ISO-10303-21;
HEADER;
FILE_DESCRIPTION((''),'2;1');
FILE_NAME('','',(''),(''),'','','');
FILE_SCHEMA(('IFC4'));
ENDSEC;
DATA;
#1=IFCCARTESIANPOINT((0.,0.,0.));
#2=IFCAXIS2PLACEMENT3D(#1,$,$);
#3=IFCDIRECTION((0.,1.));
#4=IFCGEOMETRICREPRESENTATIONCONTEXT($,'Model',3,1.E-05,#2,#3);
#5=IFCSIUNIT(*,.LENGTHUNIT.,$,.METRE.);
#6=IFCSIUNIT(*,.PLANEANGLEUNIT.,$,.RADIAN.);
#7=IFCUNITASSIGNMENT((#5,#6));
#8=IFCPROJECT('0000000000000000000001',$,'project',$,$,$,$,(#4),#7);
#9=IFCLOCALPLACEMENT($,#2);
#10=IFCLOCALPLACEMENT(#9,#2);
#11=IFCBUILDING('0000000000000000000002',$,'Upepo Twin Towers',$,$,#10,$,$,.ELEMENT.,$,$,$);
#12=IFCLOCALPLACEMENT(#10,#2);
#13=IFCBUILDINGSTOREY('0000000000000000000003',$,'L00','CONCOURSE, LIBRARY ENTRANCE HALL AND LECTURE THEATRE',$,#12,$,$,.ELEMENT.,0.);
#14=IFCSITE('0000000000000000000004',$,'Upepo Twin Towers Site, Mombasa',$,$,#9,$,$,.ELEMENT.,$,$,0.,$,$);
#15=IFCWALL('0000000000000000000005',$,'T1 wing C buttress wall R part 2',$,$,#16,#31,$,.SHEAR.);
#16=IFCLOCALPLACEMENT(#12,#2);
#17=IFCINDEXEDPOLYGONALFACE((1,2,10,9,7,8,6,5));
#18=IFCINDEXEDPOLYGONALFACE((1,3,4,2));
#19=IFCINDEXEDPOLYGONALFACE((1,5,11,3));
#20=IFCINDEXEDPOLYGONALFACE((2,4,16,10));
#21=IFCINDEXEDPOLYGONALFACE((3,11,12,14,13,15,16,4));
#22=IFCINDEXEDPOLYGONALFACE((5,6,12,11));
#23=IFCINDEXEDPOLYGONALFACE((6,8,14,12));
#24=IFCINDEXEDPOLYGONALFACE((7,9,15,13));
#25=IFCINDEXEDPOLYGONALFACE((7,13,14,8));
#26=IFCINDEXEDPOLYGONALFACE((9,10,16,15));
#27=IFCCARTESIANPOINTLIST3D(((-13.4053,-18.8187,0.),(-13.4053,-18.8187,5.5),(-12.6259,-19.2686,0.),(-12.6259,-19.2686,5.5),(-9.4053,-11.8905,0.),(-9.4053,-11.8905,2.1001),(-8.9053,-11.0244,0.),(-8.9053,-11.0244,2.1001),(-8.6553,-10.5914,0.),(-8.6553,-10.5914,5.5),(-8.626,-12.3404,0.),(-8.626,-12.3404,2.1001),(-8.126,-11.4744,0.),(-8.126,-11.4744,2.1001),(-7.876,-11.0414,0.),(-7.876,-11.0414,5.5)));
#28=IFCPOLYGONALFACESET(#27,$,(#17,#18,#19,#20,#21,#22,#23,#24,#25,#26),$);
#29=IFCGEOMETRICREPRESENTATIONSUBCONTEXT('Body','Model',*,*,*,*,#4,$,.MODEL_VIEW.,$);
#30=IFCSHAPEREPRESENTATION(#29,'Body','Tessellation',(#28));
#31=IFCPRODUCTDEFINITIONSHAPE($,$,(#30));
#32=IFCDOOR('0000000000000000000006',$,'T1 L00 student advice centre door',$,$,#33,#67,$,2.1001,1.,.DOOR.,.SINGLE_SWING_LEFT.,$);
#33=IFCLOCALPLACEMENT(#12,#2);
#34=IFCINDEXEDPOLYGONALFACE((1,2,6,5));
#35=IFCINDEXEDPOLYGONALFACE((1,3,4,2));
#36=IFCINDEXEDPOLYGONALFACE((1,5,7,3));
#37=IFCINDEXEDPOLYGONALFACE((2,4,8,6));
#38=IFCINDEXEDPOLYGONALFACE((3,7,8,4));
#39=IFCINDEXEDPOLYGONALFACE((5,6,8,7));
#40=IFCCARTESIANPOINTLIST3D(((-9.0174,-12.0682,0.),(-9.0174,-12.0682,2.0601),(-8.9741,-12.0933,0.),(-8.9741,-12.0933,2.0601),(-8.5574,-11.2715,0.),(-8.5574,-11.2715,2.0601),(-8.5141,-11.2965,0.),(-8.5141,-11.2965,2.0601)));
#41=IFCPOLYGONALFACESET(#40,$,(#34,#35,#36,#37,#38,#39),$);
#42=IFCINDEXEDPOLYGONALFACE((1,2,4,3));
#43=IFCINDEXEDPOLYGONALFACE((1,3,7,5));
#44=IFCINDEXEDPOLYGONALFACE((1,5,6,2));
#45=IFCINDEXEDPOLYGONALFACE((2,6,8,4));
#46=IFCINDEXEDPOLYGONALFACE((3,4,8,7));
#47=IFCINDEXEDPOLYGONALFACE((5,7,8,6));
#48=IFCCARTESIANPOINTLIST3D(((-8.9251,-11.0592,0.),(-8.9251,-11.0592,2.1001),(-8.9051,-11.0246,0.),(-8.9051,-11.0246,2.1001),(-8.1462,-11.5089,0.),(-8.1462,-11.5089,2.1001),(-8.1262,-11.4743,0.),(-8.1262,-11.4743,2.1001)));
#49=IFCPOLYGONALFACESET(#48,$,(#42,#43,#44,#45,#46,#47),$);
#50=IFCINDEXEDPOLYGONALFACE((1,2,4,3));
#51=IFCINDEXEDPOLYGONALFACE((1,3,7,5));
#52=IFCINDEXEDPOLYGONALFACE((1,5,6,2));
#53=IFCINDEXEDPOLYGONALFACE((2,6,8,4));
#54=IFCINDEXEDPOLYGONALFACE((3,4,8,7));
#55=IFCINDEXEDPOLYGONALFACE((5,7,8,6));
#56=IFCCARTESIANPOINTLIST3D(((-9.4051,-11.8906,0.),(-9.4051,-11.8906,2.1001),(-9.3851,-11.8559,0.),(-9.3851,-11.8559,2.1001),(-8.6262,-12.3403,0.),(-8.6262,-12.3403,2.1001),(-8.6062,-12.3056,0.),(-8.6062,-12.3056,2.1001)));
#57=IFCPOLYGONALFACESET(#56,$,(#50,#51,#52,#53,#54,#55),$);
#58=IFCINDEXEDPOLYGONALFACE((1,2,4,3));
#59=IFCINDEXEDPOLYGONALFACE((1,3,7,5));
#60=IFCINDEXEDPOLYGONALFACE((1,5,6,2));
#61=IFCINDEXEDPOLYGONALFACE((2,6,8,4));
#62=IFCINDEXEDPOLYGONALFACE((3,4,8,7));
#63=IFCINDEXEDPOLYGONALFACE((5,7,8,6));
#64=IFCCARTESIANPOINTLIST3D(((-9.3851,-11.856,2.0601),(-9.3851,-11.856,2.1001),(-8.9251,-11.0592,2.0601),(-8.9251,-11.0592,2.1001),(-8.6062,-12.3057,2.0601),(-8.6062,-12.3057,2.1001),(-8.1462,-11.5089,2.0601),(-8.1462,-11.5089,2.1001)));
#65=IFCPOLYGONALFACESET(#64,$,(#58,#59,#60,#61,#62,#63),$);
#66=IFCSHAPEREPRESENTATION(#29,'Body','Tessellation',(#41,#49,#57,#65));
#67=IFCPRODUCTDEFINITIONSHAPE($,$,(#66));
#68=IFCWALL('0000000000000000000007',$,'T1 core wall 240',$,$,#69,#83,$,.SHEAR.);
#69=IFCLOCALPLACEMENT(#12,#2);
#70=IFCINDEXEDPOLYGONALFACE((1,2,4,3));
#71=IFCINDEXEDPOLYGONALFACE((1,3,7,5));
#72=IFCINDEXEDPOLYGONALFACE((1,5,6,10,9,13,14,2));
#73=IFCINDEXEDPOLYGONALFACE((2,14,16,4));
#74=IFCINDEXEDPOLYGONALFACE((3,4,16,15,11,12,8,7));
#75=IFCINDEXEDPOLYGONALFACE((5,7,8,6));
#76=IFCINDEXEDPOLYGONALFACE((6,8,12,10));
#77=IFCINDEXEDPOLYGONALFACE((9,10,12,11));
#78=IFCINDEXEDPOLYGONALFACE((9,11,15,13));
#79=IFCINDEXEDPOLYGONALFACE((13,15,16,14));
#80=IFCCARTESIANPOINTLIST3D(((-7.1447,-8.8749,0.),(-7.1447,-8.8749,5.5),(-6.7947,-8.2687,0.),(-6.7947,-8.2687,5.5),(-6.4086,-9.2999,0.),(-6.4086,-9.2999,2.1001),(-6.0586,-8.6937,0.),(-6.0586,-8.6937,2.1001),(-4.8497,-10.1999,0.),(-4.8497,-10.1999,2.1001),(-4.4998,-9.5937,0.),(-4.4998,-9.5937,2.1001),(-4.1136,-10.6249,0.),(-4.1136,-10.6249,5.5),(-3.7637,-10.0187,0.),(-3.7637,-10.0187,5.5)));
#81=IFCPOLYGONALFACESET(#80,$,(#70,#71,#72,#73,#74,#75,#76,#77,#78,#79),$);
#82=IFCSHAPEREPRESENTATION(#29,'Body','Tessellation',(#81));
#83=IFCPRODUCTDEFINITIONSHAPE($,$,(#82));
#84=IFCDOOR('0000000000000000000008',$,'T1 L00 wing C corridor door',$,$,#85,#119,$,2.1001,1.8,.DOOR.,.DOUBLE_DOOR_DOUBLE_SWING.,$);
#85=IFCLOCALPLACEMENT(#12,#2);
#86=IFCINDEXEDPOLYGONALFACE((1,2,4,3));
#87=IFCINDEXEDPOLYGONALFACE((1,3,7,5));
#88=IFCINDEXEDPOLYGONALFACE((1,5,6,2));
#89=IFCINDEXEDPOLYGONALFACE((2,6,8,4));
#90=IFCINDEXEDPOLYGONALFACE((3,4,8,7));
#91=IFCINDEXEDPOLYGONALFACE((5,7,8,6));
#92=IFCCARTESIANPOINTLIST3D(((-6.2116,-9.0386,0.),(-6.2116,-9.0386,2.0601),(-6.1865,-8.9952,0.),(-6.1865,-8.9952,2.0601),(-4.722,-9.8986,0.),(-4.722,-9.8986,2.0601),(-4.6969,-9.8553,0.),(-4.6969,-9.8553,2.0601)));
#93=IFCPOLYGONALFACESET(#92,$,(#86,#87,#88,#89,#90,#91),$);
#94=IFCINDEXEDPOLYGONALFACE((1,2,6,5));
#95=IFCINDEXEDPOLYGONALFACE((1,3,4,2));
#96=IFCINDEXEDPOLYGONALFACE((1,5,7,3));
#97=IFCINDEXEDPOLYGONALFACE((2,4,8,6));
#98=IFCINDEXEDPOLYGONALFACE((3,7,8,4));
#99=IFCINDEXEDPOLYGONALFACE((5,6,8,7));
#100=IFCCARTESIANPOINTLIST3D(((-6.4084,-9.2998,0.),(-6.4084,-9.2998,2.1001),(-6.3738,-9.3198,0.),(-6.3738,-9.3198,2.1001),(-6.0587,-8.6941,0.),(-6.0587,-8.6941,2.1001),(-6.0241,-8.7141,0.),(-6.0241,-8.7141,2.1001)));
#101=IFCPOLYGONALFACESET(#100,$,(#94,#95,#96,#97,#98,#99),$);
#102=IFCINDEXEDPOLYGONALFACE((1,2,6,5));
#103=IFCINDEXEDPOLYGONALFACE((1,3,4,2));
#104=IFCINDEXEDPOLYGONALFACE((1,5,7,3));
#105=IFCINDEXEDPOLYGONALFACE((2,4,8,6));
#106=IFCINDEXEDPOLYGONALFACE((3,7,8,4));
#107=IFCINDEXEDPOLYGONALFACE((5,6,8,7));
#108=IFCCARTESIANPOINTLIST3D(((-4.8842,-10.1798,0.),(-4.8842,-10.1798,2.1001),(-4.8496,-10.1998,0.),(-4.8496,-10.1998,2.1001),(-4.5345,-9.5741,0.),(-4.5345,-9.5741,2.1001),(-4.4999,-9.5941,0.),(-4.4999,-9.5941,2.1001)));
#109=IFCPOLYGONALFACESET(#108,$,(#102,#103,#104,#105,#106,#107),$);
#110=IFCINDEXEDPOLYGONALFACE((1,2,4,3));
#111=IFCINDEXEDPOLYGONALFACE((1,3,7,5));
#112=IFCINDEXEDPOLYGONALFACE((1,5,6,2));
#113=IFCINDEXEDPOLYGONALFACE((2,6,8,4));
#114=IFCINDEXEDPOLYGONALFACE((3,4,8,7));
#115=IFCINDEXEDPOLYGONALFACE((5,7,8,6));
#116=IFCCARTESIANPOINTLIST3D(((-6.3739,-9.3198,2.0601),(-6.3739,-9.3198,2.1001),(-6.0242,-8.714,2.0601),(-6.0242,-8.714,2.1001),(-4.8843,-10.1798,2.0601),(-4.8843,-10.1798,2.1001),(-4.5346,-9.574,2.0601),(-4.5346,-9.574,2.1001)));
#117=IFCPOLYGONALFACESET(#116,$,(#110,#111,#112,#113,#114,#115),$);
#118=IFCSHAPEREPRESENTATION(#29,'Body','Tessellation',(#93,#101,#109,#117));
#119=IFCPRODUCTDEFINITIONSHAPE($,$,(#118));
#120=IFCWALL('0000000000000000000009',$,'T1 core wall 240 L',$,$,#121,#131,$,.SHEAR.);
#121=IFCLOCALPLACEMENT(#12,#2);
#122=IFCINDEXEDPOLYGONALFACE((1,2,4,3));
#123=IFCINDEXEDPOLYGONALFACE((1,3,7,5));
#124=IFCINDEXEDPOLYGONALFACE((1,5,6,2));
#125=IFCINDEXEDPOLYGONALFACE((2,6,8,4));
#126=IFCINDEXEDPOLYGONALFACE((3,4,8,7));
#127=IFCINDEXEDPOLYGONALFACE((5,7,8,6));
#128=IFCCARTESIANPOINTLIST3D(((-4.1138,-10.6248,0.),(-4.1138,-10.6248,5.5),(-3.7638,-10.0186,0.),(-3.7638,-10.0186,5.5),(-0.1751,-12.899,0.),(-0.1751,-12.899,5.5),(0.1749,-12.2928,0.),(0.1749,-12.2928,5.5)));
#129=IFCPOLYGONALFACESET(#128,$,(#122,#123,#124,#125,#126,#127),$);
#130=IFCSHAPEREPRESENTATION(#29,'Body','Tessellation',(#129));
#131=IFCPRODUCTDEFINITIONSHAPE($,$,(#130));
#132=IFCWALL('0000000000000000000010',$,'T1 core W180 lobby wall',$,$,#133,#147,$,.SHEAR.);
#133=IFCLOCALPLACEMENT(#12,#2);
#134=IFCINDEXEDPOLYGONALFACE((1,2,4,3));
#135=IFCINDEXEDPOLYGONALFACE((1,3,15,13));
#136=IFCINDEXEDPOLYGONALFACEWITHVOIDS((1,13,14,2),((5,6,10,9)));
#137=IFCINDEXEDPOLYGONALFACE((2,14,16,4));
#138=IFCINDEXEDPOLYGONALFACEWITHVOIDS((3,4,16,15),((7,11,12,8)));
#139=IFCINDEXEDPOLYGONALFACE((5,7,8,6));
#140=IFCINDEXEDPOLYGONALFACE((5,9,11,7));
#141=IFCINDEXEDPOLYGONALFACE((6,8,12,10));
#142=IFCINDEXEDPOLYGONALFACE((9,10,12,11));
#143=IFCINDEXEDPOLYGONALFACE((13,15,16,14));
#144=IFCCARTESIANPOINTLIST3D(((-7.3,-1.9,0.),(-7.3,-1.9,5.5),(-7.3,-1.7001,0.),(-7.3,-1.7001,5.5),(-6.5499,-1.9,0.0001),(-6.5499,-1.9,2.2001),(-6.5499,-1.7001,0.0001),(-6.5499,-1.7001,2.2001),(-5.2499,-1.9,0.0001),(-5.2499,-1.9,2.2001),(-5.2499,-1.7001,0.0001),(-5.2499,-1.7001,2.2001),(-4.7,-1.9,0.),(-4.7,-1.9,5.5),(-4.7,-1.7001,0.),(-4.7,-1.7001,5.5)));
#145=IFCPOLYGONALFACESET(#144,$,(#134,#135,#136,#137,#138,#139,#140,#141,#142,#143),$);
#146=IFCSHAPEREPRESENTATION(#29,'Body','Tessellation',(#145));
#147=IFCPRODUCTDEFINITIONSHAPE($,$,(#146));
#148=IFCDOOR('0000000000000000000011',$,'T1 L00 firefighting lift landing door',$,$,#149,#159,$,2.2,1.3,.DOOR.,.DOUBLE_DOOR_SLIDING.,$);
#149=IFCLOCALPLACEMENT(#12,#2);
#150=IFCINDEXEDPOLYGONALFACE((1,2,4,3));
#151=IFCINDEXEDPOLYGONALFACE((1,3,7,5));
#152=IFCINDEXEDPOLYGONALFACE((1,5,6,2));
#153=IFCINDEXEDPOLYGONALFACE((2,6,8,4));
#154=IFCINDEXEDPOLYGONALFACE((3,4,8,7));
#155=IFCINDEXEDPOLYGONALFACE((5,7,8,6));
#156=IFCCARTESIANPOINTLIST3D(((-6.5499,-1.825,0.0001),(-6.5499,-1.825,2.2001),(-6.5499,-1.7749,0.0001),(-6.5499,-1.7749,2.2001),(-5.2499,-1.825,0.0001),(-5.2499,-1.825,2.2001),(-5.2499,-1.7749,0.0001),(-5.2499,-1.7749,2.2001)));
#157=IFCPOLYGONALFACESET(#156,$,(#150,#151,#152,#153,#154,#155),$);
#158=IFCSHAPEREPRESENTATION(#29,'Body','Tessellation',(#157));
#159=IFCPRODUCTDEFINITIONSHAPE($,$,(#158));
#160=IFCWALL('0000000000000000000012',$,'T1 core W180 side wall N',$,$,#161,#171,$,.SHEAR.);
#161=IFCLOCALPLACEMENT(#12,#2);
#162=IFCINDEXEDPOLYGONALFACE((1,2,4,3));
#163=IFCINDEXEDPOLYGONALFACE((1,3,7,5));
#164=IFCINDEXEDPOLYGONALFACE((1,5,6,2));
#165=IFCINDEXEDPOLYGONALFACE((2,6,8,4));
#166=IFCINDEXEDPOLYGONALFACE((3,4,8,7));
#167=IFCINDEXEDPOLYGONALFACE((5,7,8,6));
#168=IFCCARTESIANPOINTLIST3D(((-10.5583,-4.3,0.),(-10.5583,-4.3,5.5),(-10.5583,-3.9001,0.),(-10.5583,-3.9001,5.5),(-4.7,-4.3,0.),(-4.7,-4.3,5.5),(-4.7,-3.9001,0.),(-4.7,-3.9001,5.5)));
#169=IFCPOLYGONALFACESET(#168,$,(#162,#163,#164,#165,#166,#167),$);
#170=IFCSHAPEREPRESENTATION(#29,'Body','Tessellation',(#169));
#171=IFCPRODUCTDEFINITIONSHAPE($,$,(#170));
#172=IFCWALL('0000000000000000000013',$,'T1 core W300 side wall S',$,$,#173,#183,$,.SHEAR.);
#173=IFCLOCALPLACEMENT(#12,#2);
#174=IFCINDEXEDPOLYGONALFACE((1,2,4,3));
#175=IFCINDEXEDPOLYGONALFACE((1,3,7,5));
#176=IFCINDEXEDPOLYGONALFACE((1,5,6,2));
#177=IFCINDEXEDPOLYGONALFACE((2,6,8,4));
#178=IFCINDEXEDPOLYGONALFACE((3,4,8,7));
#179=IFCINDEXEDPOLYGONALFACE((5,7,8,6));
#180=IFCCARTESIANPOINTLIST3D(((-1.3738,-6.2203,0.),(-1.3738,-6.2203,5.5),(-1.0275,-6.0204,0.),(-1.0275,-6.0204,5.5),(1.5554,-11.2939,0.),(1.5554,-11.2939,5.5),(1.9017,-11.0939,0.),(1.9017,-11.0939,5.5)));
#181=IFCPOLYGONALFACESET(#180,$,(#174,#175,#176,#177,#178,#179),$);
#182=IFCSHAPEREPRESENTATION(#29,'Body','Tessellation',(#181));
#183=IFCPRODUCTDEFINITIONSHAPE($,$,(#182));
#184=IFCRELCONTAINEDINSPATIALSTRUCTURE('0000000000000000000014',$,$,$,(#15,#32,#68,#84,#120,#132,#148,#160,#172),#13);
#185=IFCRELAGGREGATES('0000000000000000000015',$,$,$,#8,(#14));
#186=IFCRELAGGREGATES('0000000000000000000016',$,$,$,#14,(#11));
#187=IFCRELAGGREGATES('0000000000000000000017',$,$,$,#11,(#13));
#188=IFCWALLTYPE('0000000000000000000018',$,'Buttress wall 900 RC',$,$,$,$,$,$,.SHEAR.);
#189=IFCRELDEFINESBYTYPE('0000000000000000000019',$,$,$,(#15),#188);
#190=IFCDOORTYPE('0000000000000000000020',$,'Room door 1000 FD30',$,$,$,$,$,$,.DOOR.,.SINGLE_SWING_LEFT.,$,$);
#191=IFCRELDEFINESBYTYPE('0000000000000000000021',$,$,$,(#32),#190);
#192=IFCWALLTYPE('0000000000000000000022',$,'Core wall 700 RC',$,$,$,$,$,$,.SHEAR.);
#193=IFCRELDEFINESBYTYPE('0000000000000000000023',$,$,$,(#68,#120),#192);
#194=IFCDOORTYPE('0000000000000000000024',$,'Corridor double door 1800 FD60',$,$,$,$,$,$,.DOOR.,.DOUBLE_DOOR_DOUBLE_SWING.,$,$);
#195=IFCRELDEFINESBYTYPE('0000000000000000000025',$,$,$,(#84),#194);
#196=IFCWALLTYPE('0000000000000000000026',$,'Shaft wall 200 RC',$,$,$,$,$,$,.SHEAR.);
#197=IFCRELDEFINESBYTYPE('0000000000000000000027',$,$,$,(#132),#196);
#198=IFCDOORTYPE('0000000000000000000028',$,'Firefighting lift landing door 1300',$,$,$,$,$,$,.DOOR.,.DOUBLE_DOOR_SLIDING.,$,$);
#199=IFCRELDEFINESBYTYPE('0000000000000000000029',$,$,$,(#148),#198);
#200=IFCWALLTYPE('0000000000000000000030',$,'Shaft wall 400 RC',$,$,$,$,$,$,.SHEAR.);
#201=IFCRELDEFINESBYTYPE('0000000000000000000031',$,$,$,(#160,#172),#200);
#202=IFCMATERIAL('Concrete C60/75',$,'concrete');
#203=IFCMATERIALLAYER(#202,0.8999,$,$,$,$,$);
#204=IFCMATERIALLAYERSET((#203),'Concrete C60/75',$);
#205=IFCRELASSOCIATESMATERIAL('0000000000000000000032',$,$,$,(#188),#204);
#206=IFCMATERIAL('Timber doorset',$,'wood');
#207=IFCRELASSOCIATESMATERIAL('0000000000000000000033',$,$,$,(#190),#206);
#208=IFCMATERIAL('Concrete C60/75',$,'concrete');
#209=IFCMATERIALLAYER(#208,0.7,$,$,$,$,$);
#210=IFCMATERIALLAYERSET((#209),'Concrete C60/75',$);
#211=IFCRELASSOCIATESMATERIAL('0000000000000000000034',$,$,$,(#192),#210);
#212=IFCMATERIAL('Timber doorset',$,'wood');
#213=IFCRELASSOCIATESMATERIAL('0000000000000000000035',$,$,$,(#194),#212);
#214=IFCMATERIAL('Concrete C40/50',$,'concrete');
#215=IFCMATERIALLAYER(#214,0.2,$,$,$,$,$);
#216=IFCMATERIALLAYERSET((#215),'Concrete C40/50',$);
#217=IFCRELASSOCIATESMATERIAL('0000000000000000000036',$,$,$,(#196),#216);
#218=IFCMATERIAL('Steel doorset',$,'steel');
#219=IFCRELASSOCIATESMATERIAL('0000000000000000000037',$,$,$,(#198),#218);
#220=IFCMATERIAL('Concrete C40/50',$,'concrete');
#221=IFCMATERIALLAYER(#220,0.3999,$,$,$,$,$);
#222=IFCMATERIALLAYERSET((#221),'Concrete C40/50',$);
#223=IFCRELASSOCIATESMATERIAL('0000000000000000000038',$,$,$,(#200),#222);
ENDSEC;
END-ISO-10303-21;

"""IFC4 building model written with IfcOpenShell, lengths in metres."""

from ifc_helpers import new_model, si_unit, direction, frame, frame_2d, origin, place, context, subcontext, project, spatial, rectangle, extrude, material, layer, layer_set, type_object, element, fill, save


model = new_model("IFC4")

# Units and contexts
model_context = context("Model", 3, precision=1e-05, world=origin(), true_north=direction((0.0, 1.0)))
body_context = subcontext(model_context, "Body", "Model", "MODEL_VIEW")
ifc_project = project(units=[si_unit("LENGTHUNIT", "METRE"), si_unit("PLANEANGLEUNIT", "RADIAN")], contexts=[model_context])

# Site, building, storey
site_placement = place(None, origin())
site = spatial("IfcSite", under=ifc_project, at=site_placement, Name="Upepo Twin Towers Site, Mombasa", CompositionType="ELEMENT", RefElevation=0.0)
building_placement = place(site_placement, origin())
building = spatial("IfcBuilding", under=site, at=building_placement, Name="Upepo Twin Towers", CompositionType="ELEMENT")
storey_placement = place(building_placement, origin())
storey = spatial("IfcBuildingStorey", under=building, at=storey_placement, Name="L00", Description="CONCOURSE, LIBRARY ENTRANCE HALL AND LECTURE THEATRE", CompositionType="ELEMENT", Elevation=0.0)

# Walls, openings, doors
ifc_material_1 = material(Name="Concrete C60/75", Category="concrete")
ifc_layer_1 = layer(ifc_material_1, 0.8999)
ifc_layer_set_1 = layer_set([ifc_layer_1], Name="Concrete C60/75")
wall_type_1 = type_object("IfcWallType", Name="Buttress wall 900 RC", PredefinedType="SHEAR", material=ifc_layer_set_1)
ifc_material_2 = material(Name="Timber doorset", Category="wood")
door_type_1 = type_object("IfcDoorType", Name="Room door 1000 FD30", OperationType="SINGLE_SWING_LEFT", PredefinedType="DOOR", material=ifc_material_2)
wall_1_placement = place(storey_placement, frame((-8.2656, -10.8164, 0.0), z_axis=(0.0, 0.0, 1.0), x_axis=(-0.499998, -0.866027, 0.0)))
wall_1 = element("IfcWall", 1, at=wall_1_placement, inside=storey, type_object=wall_type_1, Name="T1 wing C buttress wall R part 2", PredefinedType="SHEAR", context=body_context, shape_type="SweptSolid", body=[
    extrude(rectangle(XDim=9.5, YDim=0.8999, at=frame_2d((4.75, 0.0))), origin(), (0.0, 0.0, 1.0), 5.5),
])
opening_1_placement = place(wall_1_placement, frame((0.5, 0.0, 0.0)))
opening_1 = element("IfcOpeningElement", 2, at=opening_1_placement, cuts=wall_1, PredefinedType="OPENING", context=body_context, shape_type="SweptSolid", body=[
    extrude(rectangle(XDim=1.0, YDim=2.1001, at=frame_2d((0.5, 1.05))), frame((0.0, 0.46, 0.0), z_axis=(0.0, -1.0, 0.0), x_axis=(1.0, 0.0, 0.0)), (0.0, 0.0, 1.0), 0.9199),
])
door_1_placement = place(opening_1_placement, origin())
door_1 = element("IfcDoor", 3, at=door_1_placement, inside=storey, type_object=door_type_1, Name="T1 L00 student advice centre door", OperationType="SINGLE_SWING_LEFT", OverallHeight=2.1001, OverallWidth=1.0, PredefinedType="DOOR", context=body_context, shape_type="SweptSolid", body=[
    extrude(rectangle(XDim=0.92, YDim=2.0601, at=frame_2d((0.5, 1.03))), frame((0.0, 0.0249, 0.0), z_axis=(0.0, -1.0, 0.0), x_axis=(1.0, 0.0, 0.0)), (0.0, 0.0, 1.0), 0.05),
    extrude(rectangle(XDim=0.04, YDim=2.1001, at=frame_2d((0.02, 1.05))), frame((0.0, 0.4497, 0.0), z_axis=(0.0, -1.0, 0.0), x_axis=(1.0, 0.0, 0.0)), (0.0, 0.0, 1.0), 0.8994),
    extrude(rectangle(XDim=0.04, YDim=2.1001, at=frame_2d((0.98, 1.05))), frame((0.0, 0.4497, 0.0), z_axis=(0.0, -1.0, 0.0), x_axis=(1.0, 0.0, 0.0)), (0.0, 0.0, 1.0), 0.8994),
    extrude(rectangle(XDim=0.92, YDim=0.04, at=frame_2d((0.5, 2.0801))), frame((0.0, 0.4497, 0.0), z_axis=(0.0, -1.0, 0.0), x_axis=(1.0, 0.0, 0.0)), (0.0, 0.0, 1.0), 0.8994),
])
fill(opening_1, door_1)
ifc_material_3 = material(Name="Concrete C60/75", Category="concrete")
ifc_layer_2 = layer(ifc_material_3, 0.7)
ifc_layer_set_2 = layer_set([ifc_layer_2], Name="Concrete C60/75")
wall_type_2 = type_object("IfcWallType", Name="Core wall 700 RC", PredefinedType="SHEAR", material=ifc_layer_set_2)
wall_2_placement = place(storey_placement, frame((-6.9697, -8.5718, 0.0), z_axis=(0.0, 0.0, 1.0), x_axis=(0.866019, -0.50001, 0.0)))
wall_2 = element("IfcWall", 4, at=wall_2_placement, inside=storey, type_object=wall_type_2, Name="T1 core wall 240", PredefinedType="SHEAR", context=body_context, shape_type="SweptSolid", body=[
    extrude(rectangle(XDim=3.5, YDim=0.7, at=frame_2d((1.75, 0.0))), origin(), (0.0, 0.0, 1.0), 5.5),
])
opening_2_placement = place(wall_2_placement, frame((0.8501, 0.0, 0.0)))
opening_2 = element("IfcOpeningElement", 5, at=opening_2_placement, cuts=wall_2, PredefinedType="OPENING", context=body_context, shape_type="SweptSolid", body=[
    extrude(rectangle(XDim=1.8, YDim=2.1001, at=frame_2d((0.8999, 1.05))), frame((0.0, 0.3599, 0.0), z_axis=(0.0, -1.0, 0.0), x_axis=(1.0, 0.0, 0.0)), (0.0, 0.0, 1.0), 0.72),
])
ifc_material_4 = material(Name="Timber doorset", Category="wood")
door_type_2 = type_object("IfcDoorType", Name="Corridor double door 1800 FD60", OperationType="DOUBLE_DOOR_DOUBLE_SWING", PredefinedType="DOOR", material=ifc_material_4)
door_2_placement = place(opening_2_placement, origin())
door_2 = element("IfcDoor", 6, at=door_2_placement, inside=storey, type_object=door_type_2, Name="T1 L00 wing C corridor door", OperationType="DOUBLE_DOOR_DOUBLE_SWING", OverallHeight=2.1001, OverallWidth=1.8, PredefinedType="DOOR", context=body_context, shape_type="SweptSolid", body=[
    extrude(rectangle(XDim=1.72, YDim=2.0601, at=frame_2d((0.8999, 1.03))), frame((0.0, 0.0249, 0.0), z_axis=(0.0, -1.0, 0.0), x_axis=(1.0, 0.0, 0.0)), (0.0, 0.0, 1.0), 0.05),
    extrude(rectangle(XDim=0.04, YDim=2.1001, at=frame_2d((0.02, 1.05))), frame((0.0, 0.3496, 0.0), z_axis=(0.0, -1.0, 0.0), x_axis=(1.0, 0.0, 0.0)), (0.0, 0.0, 1.0), 0.6995),
    extrude(rectangle(XDim=0.04, YDim=2.1001, at=frame_2d((1.78, 1.05))), frame((0.0, 0.3496, 0.0), z_axis=(0.0, -1.0, 0.0), x_axis=(1.0, 0.0, 0.0)), (0.0, 0.0, 1.0), 0.6995),
    extrude(rectangle(XDim=1.72, YDim=0.04, at=frame_2d((0.8999, 2.0801))), frame((0.0, 0.3496, 0.0), z_axis=(0.0, -1.0, 0.0), x_axis=(1.0, 0.0, 0.0)), (0.0, 0.0, 1.0), 0.6995),
])
fill(opening_2, door_2)

# Wall
wall_3_placement = place(storey_placement, frame((-3.9387, -10.3218, 0.0), z_axis=(0.0, 0.0, 1.0), x_axis=(0.866011, -0.500024, 0.0)))
element("IfcWall", 7, at=wall_3_placement, inside=storey, type_object=wall_type_2, Name="T1 core wall 240 L", PredefinedType="SHEAR", context=body_context, shape_type="SweptSolid", body=[
    extrude(rectangle(XDim=4.5481, YDim=0.7, at=frame_2d((2.2739, 0.0))), origin(), (0.0, 0.0, 1.0), 5.5),
])

# Wall, opening, door
ifc_material_5 = material(Name="Concrete C40/50", Category="concrete")
ifc_layer_3 = layer(ifc_material_5, 0.2)
ifc_layer_set_3 = layer_set([ifc_layer_3], Name="Concrete C40/50")
wall_type_3 = type_object("IfcWallType", Name="Shaft wall 200 RC", PredefinedType="SHEAR", material=ifc_layer_set_3)
wall_4_placement = place(storey_placement, frame((-4.7, -1.8, 0.0), z_axis=(0.0, 0.0, 1.0), x_axis=(-1.0, 0.0, 0.0)))
wall_4 = element("IfcWall", 8, at=wall_4_placement, inside=storey, type_object=wall_type_3, Name="T1 core W180 lobby wall", PredefinedType="SHEAR", context=body_context, shape_type="SweptSolid", body=[
    extrude(rectangle(XDim=2.6001, YDim=0.2, at=frame_2d((1.3, 0.0))), origin(), (0.0, 0.0, 1.0), 5.5),
])
opening_3_placement = place(wall_4_placement, frame((0.55, 0.0, 0.0)))
opening_3 = element("IfcOpeningElement", 9, at=opening_3_placement, cuts=wall_4, PredefinedType="OPENING", context=body_context, shape_type="SweptSolid", body=[
    extrude(rectangle(XDim=1.3, YDim=2.2, at=frame_2d((0.6499, 1.1001))), frame((0.0, 0.1099, 0.0), z_axis=(0.0, -1.0, 0.0), x_axis=(1.0, 0.0, 0.0)), (0.0, 0.0, 1.0), 0.22),
])
ifc_material_6 = material(Name="Steel doorset", Category="steel")
door_type_3 = type_object("IfcDoorType", Name="Firefighting lift landing door 1300", OperationType="DOUBLE_DOOR_SLIDING", PredefinedType="DOOR", material=ifc_material_6)
door_3_placement = place(opening_3_placement, origin())
door_3 = element("IfcDoor", 10, at=door_3_placement, inside=storey, type_object=door_type_3, Name="T1 L00 firefighting lift landing door", OperationType="DOUBLE_DOOR_SLIDING", OverallHeight=2.2, OverallWidth=1.3, PredefinedType="DOOR", context=body_context, shape_type="SweptSolid", body=[
    extrude(rectangle(XDim=1.3, YDim=2.2, at=frame_2d((0.6499, 1.1001))), frame((0.0, 0.0249, 0.0), z_axis=(0.0, -1.0, 0.0), x_axis=(1.0, 0.0, 0.0)), (0.0, 0.0, 1.0), 0.05),
])
fill(opening_3, door_3)

# Walls
ifc_material_7 = material(Name="Concrete C40/50", Category="concrete")
ifc_layer_4 = layer(ifc_material_7, 0.3999)
ifc_layer_set_4 = layer_set([ifc_layer_4], Name="Concrete C40/50")
wall_type_4 = type_object("IfcWallType", Name="Shaft wall 400 RC", PredefinedType="SHEAR", material=ifc_layer_set_4)
for number, where, z_axis, x_axis, name in (
    (11, (-4.7, -4.1001, 0.0), (0.0, 0.0, 1.0), (-1.0, 0.0, 0.0), "T1 core W180 side wall N"),
    (12, (-1.2007, -6.1204, 0.0), (0.0, 0.0, 1.0), (0.500003, -0.866024, 0.0), "T1 core W300 side wall S"),
):
    element("IfcWall", number, at=place(storey_placement, frame(where, z_axis=z_axis, x_axis=x_axis)), inside=storey, type_object=wall_type_4, Name=name, PredefinedType="SHEAR", context=body_context, shape_type="SweptSolid", body=[
        extrude(rectangle(XDim=5.8584, YDim=0.3999, at=frame_2d((2.9292, 0.0))), origin(), (0.0, 0.0, 1.0), 5.5),
    ])

save(model, "model.ifc")
